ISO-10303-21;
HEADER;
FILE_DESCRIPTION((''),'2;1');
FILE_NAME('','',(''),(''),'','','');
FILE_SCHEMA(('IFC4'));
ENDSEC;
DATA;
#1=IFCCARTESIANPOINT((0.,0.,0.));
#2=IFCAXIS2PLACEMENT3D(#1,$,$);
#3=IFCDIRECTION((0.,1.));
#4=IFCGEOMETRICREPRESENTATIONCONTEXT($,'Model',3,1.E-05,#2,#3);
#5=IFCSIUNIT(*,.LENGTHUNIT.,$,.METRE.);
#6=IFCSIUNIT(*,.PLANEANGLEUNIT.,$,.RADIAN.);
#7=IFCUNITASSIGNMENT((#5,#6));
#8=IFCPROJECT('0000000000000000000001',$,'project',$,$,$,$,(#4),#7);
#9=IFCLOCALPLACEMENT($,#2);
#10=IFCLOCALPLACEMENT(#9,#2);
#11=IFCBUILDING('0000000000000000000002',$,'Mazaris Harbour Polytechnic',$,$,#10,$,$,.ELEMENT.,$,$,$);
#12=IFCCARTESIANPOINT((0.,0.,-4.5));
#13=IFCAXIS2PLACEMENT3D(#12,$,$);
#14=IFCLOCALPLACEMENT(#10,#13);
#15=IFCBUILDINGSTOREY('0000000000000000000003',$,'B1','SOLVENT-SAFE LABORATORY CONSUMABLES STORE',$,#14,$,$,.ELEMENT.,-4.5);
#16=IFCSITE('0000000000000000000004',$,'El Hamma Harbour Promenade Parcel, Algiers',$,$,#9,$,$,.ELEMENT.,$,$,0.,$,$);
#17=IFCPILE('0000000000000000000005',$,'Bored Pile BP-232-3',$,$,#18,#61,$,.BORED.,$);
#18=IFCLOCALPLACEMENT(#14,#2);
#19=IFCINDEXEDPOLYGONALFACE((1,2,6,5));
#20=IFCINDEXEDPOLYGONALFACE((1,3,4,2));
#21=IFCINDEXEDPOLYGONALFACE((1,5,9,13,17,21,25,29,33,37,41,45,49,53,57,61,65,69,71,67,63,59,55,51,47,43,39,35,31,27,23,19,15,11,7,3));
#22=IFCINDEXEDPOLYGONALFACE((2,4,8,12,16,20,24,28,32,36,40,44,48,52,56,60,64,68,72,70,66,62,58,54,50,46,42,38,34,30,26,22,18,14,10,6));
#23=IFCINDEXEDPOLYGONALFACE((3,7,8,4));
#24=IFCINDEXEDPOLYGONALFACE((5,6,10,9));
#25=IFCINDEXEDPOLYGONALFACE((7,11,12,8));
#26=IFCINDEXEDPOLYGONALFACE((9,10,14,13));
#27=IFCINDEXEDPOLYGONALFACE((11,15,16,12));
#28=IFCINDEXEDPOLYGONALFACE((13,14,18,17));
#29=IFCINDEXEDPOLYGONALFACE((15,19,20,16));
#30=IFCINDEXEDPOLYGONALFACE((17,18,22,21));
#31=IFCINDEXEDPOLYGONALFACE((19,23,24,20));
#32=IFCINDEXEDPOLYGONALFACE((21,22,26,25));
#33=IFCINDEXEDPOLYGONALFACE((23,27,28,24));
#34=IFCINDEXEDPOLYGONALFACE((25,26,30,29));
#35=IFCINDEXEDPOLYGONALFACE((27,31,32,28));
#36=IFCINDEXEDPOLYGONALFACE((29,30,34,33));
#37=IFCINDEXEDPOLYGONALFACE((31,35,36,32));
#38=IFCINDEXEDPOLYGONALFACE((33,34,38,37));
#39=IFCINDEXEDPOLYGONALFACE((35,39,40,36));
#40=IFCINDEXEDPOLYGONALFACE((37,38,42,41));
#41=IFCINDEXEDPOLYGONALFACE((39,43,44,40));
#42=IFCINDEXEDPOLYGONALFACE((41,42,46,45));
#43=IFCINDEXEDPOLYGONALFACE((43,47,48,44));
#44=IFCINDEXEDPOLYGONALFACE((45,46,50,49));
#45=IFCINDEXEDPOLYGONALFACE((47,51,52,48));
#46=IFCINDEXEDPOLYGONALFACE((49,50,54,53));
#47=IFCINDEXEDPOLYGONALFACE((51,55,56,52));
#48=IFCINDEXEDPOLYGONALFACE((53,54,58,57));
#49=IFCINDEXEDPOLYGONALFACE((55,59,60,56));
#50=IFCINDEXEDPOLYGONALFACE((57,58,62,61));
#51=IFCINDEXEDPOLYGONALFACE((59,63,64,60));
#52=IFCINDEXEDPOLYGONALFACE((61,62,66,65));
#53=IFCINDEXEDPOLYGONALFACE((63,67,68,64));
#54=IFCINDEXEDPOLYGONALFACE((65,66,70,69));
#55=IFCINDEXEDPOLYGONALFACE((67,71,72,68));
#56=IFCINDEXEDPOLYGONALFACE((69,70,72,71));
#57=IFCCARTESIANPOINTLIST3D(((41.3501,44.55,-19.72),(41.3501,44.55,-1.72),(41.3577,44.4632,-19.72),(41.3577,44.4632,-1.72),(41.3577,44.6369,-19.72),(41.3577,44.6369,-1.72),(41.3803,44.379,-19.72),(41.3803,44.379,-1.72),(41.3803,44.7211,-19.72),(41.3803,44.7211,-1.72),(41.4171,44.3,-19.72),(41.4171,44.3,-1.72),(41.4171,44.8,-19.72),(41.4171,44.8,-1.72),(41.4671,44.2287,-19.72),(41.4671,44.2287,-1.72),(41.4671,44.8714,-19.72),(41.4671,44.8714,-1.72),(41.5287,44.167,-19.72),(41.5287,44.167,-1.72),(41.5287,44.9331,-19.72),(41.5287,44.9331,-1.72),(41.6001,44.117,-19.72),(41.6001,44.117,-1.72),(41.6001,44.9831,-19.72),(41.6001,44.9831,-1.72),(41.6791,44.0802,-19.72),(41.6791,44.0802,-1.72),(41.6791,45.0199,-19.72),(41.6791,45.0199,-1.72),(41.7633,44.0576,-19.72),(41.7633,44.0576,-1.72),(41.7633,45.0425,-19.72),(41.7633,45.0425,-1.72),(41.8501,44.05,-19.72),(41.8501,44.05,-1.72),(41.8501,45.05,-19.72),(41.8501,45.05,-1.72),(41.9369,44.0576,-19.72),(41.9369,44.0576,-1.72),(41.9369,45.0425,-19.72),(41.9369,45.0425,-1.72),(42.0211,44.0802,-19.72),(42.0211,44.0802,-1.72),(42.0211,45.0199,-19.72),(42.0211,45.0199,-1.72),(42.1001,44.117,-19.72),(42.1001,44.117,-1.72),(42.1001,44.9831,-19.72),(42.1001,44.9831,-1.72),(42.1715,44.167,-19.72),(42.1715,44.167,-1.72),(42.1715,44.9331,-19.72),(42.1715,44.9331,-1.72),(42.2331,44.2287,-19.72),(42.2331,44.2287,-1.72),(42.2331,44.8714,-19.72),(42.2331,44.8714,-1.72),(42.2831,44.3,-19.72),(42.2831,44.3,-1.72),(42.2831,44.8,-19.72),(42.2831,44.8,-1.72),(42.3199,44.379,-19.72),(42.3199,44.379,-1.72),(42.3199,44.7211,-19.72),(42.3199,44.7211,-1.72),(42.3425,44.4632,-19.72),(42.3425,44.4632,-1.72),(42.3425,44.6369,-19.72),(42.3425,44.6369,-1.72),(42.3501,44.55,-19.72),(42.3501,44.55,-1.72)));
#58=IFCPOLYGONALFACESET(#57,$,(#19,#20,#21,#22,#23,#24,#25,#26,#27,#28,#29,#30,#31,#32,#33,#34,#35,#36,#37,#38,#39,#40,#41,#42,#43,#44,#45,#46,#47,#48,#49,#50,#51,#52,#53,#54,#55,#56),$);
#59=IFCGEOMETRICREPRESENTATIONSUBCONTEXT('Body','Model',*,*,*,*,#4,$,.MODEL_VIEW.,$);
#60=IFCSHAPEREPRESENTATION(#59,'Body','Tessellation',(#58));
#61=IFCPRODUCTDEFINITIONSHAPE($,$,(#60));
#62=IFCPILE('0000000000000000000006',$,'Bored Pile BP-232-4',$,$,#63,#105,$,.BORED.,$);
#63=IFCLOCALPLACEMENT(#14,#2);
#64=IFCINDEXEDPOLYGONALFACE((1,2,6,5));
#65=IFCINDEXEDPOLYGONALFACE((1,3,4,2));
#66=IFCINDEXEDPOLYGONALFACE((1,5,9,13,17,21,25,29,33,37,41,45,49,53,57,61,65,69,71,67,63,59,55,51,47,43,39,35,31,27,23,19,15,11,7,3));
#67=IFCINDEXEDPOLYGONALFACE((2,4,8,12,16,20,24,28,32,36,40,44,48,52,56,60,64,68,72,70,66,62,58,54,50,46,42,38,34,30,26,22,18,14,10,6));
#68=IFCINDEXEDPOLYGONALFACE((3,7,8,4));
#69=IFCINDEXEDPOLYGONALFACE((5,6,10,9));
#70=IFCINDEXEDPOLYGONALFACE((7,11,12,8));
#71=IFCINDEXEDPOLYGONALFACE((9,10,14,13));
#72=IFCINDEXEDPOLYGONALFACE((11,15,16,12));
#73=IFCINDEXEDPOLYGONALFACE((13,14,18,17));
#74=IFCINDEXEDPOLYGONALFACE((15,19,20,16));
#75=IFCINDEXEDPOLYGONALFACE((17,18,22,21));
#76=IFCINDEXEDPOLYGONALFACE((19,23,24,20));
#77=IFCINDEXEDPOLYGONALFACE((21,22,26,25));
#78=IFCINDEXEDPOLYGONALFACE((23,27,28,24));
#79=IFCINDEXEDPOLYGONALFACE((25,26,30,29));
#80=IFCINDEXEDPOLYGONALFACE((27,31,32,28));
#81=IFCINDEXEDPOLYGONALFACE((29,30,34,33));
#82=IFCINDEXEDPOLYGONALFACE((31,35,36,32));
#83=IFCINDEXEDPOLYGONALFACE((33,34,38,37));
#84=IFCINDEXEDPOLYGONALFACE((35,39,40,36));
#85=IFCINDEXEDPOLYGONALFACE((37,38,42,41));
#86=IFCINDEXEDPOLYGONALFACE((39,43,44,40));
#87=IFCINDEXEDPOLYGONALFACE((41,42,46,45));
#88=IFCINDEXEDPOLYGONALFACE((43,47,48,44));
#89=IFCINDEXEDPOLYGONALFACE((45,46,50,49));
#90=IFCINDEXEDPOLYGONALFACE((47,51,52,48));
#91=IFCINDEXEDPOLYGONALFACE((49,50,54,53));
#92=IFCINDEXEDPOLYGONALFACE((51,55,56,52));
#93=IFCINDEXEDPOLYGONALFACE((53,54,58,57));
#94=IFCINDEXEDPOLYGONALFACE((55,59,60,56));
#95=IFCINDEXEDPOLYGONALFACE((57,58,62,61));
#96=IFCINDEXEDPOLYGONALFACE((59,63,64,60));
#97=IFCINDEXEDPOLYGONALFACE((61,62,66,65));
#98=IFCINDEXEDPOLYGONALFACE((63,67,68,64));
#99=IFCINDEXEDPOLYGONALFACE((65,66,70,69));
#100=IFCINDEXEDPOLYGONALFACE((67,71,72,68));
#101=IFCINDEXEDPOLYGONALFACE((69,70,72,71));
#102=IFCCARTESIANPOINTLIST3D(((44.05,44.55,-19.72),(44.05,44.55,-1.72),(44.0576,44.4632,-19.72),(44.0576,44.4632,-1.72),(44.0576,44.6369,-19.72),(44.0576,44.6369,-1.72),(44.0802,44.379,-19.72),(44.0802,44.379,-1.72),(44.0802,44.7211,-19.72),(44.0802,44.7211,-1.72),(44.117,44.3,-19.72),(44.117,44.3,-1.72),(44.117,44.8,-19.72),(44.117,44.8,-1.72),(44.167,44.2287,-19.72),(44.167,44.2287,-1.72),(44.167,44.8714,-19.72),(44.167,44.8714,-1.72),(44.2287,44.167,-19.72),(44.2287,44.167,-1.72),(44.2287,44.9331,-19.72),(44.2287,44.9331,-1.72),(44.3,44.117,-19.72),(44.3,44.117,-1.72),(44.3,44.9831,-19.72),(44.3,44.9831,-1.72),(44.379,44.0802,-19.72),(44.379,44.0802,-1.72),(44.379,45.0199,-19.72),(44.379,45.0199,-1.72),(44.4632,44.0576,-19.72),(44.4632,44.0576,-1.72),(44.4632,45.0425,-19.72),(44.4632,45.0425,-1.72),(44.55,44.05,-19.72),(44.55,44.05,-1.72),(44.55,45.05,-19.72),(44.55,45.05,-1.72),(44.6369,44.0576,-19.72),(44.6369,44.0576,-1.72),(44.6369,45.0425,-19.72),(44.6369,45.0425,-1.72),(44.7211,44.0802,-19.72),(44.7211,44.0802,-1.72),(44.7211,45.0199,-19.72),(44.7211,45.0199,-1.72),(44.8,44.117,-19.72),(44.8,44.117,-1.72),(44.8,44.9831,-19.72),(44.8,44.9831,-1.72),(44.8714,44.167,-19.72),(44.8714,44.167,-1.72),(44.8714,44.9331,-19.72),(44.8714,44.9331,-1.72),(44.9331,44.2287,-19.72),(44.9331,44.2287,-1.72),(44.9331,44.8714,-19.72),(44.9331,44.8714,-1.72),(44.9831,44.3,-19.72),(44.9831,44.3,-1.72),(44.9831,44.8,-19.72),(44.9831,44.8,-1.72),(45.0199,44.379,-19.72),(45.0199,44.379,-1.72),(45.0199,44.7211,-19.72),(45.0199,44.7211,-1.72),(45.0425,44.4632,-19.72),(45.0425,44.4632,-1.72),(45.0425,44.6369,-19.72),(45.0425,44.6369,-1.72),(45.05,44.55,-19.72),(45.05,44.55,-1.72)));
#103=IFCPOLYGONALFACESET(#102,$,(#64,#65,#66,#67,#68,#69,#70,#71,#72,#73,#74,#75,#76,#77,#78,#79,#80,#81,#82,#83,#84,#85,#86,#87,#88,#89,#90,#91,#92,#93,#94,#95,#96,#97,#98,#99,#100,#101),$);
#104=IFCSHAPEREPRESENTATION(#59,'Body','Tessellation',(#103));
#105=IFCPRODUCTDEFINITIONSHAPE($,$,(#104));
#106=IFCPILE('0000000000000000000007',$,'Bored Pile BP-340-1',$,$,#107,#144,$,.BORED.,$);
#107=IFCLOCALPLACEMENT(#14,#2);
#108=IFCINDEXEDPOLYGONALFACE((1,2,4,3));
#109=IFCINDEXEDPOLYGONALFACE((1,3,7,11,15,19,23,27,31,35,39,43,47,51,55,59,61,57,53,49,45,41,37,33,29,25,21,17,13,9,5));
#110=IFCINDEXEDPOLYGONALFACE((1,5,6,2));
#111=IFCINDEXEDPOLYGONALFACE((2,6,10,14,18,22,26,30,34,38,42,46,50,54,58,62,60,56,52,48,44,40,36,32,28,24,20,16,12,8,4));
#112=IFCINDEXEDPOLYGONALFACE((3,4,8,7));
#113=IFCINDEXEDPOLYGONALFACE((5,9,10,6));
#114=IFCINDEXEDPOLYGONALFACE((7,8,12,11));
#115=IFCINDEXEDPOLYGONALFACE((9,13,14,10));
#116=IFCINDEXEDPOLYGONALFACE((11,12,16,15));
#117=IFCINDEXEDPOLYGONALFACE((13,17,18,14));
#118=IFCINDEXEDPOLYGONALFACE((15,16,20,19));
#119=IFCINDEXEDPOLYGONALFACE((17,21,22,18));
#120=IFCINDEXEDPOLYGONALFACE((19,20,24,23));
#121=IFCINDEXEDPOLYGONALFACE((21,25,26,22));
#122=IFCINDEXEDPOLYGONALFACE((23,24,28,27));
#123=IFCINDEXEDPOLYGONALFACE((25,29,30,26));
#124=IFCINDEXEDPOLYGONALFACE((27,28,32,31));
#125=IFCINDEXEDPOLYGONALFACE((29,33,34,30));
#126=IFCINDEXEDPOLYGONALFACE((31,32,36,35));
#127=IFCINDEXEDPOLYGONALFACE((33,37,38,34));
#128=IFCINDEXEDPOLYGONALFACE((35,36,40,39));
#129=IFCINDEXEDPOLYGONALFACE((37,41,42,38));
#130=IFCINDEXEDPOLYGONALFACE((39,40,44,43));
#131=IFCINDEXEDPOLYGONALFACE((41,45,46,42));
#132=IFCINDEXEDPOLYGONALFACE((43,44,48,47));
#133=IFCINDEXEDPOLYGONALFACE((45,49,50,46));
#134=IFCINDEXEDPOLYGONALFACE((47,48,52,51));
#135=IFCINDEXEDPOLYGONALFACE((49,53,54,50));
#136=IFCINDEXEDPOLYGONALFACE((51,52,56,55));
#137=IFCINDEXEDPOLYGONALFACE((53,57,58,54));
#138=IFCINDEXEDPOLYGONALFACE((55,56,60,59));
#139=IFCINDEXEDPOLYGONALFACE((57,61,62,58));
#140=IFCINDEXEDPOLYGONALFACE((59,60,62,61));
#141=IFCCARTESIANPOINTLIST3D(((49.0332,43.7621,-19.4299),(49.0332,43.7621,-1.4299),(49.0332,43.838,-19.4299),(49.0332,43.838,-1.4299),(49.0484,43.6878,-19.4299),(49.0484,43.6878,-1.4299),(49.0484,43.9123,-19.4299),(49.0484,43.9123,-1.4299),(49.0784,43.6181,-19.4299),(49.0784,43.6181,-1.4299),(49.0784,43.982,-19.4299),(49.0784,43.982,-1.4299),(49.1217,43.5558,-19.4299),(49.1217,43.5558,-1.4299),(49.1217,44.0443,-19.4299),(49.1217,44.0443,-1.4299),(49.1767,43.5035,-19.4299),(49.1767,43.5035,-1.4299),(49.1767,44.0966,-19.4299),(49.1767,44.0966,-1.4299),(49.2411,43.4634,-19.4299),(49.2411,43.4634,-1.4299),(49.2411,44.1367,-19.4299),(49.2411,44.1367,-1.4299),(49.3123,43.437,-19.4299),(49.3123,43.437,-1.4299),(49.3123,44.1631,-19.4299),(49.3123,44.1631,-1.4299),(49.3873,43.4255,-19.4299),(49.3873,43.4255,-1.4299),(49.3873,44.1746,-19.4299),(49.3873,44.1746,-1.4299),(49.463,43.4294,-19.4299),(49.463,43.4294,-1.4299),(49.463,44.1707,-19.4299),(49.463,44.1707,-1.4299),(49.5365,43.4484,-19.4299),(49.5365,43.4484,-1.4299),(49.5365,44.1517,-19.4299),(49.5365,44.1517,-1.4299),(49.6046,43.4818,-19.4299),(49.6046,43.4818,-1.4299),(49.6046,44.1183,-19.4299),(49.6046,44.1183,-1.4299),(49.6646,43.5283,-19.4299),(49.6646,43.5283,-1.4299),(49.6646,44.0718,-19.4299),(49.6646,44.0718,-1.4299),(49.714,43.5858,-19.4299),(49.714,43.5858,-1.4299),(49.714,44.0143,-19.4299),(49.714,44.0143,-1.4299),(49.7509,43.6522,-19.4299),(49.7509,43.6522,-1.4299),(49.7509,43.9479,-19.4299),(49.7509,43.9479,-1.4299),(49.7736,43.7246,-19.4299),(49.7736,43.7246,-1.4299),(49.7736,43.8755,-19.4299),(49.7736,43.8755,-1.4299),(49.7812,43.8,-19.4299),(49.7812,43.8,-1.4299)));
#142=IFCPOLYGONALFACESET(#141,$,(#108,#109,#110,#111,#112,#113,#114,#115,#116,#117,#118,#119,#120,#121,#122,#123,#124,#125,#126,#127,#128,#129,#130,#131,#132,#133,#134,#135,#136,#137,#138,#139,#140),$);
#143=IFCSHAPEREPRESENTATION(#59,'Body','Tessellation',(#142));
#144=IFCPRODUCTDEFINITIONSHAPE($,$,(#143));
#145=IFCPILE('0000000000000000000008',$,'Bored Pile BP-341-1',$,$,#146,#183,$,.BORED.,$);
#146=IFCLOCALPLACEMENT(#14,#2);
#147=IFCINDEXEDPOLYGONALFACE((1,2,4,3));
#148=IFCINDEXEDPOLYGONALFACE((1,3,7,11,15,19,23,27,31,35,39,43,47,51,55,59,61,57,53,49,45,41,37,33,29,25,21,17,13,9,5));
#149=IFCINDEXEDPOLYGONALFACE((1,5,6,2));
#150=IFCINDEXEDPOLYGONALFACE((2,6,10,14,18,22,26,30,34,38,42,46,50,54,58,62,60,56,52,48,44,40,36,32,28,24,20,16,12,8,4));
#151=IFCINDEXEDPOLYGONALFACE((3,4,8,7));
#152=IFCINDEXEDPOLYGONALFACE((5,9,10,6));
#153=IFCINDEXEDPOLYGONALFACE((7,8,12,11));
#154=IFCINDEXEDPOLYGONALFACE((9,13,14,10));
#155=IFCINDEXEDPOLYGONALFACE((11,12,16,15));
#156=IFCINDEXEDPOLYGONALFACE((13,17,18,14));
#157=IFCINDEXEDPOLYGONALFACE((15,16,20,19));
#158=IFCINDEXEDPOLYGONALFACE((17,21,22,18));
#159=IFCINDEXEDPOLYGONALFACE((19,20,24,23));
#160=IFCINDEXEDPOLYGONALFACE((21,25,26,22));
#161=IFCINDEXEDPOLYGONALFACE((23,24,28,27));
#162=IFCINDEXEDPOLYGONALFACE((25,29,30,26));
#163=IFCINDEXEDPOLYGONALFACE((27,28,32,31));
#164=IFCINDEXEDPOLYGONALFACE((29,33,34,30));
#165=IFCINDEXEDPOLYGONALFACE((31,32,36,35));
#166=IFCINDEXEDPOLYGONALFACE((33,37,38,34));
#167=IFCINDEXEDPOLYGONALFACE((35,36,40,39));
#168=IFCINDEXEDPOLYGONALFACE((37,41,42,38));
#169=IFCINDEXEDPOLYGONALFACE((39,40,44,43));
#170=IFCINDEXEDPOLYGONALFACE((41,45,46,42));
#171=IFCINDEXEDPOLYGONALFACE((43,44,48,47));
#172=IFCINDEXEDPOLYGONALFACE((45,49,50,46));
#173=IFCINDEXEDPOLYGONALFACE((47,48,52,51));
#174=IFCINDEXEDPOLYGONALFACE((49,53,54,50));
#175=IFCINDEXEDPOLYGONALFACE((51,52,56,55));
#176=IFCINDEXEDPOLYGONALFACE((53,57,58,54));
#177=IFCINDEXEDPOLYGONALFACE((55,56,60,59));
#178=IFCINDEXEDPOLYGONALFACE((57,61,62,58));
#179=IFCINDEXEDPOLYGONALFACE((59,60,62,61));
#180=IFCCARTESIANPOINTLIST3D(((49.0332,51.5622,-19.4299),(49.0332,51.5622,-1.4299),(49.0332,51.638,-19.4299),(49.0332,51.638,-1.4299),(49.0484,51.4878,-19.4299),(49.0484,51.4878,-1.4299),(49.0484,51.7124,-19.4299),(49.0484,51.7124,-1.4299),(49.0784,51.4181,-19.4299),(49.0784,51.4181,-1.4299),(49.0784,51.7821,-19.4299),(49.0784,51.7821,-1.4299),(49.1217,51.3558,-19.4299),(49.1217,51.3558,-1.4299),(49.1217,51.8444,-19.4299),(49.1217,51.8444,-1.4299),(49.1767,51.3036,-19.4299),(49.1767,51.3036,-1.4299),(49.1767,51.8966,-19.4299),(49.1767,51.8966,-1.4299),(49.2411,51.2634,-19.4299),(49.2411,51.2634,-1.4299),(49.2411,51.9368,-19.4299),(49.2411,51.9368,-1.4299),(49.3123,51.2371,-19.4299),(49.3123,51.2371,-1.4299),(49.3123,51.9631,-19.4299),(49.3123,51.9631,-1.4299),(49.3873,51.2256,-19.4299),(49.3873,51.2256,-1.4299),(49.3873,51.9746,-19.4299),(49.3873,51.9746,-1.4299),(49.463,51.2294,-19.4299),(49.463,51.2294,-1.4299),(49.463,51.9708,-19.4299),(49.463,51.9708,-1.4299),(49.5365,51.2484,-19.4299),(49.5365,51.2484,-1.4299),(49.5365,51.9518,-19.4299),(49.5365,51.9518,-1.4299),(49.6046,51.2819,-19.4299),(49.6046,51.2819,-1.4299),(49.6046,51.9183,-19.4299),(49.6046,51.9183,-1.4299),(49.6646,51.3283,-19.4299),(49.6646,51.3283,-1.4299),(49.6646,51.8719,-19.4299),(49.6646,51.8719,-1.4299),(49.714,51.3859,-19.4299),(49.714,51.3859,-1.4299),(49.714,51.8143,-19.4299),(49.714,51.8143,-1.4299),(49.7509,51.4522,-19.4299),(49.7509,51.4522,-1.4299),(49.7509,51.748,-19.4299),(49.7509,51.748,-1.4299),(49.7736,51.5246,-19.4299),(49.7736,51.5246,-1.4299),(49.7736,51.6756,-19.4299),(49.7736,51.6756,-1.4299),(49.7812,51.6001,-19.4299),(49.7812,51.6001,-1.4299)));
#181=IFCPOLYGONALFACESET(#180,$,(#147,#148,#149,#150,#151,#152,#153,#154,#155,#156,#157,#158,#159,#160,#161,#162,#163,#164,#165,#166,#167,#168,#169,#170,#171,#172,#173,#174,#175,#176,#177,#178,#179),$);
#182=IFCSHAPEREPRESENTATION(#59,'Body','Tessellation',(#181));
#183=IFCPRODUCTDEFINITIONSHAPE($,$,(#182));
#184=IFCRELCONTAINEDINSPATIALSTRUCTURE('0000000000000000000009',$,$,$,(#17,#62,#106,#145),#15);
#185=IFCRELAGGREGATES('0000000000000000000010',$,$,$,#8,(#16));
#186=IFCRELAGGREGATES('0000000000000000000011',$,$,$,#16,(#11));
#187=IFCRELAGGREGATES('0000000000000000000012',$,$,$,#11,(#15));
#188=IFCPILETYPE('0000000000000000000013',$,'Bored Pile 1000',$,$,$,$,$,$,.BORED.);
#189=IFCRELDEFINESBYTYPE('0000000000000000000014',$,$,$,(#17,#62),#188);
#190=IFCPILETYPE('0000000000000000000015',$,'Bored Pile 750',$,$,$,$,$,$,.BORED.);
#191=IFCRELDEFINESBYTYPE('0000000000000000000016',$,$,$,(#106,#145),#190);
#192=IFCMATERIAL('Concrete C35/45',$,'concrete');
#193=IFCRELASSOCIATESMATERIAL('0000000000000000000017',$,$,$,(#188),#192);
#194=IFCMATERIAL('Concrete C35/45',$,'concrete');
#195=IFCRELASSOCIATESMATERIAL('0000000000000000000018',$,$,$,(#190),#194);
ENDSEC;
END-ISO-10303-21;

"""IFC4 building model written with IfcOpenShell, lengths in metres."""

from ifc_helpers import new_model, si_unit, direction, frame, origin, origin_2d, place, context, subcontext, project, spatial, circle, extrude, material, material_profile, profile_set, type_object, element, save


model = new_model("IFC4")

# Units and contexts
model_context = context("Model", 3, precision=1e-05, world=origin(), true_north=direction((0.0, 1.0)))
body_context = subcontext(model_context, "Body", "Model", "MODEL_VIEW")
ifc_project = project(units=[si_unit("LENGTHUNIT", "METRE"), si_unit("PLANEANGLEUNIT", "RADIAN")], contexts=[model_context])

# Site, building, storey
site_placement = place(None, origin())
site = spatial("IfcSite", under=ifc_project, at=site_placement, Name="El Hamma Harbour Promenade Parcel, Algiers", CompositionType="ELEMENT", RefElevation=0.0)
building_placement = place(site_placement, origin())
building = spatial("IfcBuilding", under=site, at=building_placement, Name="Mazaris Harbour Polytechnic", CompositionType="ELEMENT")
storey_placement = place(building_placement, frame((0.0, 0.0, -4.5)))
storey = spatial("IfcBuildingStorey", under=building, at=storey_placement, Name="B1", Description="SOLVENT-SAFE LABORATORY CONSUMABLES STORE", CompositionType="ELEMENT", Elevation=-4.5)

# Piles
ifc_material_1 = material(Name="Concrete C35/45", Category="concrete")
ifc_material_profile_1 = material_profile(ifc_material_1, circle(Radius=0.5, at=origin_2d()), Name="DIA1000")
ifc_profile_set_1 = profile_set([ifc_material_profile_1], Name="Concrete C35/45")
pile_type_1 = type_object("IfcPileType", Name="Bored Pile 1000", PredefinedType="BORED", material=ifc_profile_set_1)
for number, where, z_axis, x_axis, name in (
    (1, (41.8501, 44.55, -1.72), (0.0, 0.0, -1.0), (1.0, 0.0, 0.0), "Bored Pile BP-232-3"),
    (2, (44.55, 44.55, -1.72), (0.0, 0.0, -1.0), (1.0, 0.0, 0.0), "Bored Pile BP-232-4"),
):
    element("IfcPile", number, at=place(storey_placement, frame(where, z_axis=z_axis, x_axis=x_axis)), inside=storey, type_object=pile_type_1, Name=name, PredefinedType="BORED", context=body_context, shape_type="SweptSolid", body=[
        extrude(circle(Radius=0.5, at=origin_2d()), origin(), (0.0, 0.0, 1.0), 18.0),
    ])
ifc_material_2 = material(Name="Concrete C35/45", Category="concrete")
ifc_material_profile_2 = material_profile(ifc_material_2, circle(Radius=0.375, at=origin_2d()), Name="DIA750")
ifc_profile_set_2 = profile_set([ifc_material_profile_2], Name="Concrete C35/45")
pile_type_2 = type_object("IfcPileType", Name="Bored Pile 750", PredefinedType="BORED", material=ifc_profile_set_2)
for number, where, z_axis, x_axis, name in (
    (3, (49.4062, 43.8, -1.4299), (0.0, 0.0, -1.0), (1.0, 0.0, 0.0), "Bored Pile BP-340-1"),
    (4, (49.4062, 51.6001, -1.4299), (0.0, 0.0, -1.0), (1.0, 0.0, 0.0), "Bored Pile BP-341-1"),
):
    element("IfcPile", number, at=place(storey_placement, frame(where, z_axis=z_axis, x_axis=x_axis)), inside=storey, type_object=pile_type_2, Name=name, PredefinedType="BORED", context=body_context, shape_type="SweptSolid", body=[
        extrude(circle(Radius=0.375, at=origin_2d()), origin(), (0.0, 0.0, 1.0), 18.0),
    ])

save(model, "model.ifc")
